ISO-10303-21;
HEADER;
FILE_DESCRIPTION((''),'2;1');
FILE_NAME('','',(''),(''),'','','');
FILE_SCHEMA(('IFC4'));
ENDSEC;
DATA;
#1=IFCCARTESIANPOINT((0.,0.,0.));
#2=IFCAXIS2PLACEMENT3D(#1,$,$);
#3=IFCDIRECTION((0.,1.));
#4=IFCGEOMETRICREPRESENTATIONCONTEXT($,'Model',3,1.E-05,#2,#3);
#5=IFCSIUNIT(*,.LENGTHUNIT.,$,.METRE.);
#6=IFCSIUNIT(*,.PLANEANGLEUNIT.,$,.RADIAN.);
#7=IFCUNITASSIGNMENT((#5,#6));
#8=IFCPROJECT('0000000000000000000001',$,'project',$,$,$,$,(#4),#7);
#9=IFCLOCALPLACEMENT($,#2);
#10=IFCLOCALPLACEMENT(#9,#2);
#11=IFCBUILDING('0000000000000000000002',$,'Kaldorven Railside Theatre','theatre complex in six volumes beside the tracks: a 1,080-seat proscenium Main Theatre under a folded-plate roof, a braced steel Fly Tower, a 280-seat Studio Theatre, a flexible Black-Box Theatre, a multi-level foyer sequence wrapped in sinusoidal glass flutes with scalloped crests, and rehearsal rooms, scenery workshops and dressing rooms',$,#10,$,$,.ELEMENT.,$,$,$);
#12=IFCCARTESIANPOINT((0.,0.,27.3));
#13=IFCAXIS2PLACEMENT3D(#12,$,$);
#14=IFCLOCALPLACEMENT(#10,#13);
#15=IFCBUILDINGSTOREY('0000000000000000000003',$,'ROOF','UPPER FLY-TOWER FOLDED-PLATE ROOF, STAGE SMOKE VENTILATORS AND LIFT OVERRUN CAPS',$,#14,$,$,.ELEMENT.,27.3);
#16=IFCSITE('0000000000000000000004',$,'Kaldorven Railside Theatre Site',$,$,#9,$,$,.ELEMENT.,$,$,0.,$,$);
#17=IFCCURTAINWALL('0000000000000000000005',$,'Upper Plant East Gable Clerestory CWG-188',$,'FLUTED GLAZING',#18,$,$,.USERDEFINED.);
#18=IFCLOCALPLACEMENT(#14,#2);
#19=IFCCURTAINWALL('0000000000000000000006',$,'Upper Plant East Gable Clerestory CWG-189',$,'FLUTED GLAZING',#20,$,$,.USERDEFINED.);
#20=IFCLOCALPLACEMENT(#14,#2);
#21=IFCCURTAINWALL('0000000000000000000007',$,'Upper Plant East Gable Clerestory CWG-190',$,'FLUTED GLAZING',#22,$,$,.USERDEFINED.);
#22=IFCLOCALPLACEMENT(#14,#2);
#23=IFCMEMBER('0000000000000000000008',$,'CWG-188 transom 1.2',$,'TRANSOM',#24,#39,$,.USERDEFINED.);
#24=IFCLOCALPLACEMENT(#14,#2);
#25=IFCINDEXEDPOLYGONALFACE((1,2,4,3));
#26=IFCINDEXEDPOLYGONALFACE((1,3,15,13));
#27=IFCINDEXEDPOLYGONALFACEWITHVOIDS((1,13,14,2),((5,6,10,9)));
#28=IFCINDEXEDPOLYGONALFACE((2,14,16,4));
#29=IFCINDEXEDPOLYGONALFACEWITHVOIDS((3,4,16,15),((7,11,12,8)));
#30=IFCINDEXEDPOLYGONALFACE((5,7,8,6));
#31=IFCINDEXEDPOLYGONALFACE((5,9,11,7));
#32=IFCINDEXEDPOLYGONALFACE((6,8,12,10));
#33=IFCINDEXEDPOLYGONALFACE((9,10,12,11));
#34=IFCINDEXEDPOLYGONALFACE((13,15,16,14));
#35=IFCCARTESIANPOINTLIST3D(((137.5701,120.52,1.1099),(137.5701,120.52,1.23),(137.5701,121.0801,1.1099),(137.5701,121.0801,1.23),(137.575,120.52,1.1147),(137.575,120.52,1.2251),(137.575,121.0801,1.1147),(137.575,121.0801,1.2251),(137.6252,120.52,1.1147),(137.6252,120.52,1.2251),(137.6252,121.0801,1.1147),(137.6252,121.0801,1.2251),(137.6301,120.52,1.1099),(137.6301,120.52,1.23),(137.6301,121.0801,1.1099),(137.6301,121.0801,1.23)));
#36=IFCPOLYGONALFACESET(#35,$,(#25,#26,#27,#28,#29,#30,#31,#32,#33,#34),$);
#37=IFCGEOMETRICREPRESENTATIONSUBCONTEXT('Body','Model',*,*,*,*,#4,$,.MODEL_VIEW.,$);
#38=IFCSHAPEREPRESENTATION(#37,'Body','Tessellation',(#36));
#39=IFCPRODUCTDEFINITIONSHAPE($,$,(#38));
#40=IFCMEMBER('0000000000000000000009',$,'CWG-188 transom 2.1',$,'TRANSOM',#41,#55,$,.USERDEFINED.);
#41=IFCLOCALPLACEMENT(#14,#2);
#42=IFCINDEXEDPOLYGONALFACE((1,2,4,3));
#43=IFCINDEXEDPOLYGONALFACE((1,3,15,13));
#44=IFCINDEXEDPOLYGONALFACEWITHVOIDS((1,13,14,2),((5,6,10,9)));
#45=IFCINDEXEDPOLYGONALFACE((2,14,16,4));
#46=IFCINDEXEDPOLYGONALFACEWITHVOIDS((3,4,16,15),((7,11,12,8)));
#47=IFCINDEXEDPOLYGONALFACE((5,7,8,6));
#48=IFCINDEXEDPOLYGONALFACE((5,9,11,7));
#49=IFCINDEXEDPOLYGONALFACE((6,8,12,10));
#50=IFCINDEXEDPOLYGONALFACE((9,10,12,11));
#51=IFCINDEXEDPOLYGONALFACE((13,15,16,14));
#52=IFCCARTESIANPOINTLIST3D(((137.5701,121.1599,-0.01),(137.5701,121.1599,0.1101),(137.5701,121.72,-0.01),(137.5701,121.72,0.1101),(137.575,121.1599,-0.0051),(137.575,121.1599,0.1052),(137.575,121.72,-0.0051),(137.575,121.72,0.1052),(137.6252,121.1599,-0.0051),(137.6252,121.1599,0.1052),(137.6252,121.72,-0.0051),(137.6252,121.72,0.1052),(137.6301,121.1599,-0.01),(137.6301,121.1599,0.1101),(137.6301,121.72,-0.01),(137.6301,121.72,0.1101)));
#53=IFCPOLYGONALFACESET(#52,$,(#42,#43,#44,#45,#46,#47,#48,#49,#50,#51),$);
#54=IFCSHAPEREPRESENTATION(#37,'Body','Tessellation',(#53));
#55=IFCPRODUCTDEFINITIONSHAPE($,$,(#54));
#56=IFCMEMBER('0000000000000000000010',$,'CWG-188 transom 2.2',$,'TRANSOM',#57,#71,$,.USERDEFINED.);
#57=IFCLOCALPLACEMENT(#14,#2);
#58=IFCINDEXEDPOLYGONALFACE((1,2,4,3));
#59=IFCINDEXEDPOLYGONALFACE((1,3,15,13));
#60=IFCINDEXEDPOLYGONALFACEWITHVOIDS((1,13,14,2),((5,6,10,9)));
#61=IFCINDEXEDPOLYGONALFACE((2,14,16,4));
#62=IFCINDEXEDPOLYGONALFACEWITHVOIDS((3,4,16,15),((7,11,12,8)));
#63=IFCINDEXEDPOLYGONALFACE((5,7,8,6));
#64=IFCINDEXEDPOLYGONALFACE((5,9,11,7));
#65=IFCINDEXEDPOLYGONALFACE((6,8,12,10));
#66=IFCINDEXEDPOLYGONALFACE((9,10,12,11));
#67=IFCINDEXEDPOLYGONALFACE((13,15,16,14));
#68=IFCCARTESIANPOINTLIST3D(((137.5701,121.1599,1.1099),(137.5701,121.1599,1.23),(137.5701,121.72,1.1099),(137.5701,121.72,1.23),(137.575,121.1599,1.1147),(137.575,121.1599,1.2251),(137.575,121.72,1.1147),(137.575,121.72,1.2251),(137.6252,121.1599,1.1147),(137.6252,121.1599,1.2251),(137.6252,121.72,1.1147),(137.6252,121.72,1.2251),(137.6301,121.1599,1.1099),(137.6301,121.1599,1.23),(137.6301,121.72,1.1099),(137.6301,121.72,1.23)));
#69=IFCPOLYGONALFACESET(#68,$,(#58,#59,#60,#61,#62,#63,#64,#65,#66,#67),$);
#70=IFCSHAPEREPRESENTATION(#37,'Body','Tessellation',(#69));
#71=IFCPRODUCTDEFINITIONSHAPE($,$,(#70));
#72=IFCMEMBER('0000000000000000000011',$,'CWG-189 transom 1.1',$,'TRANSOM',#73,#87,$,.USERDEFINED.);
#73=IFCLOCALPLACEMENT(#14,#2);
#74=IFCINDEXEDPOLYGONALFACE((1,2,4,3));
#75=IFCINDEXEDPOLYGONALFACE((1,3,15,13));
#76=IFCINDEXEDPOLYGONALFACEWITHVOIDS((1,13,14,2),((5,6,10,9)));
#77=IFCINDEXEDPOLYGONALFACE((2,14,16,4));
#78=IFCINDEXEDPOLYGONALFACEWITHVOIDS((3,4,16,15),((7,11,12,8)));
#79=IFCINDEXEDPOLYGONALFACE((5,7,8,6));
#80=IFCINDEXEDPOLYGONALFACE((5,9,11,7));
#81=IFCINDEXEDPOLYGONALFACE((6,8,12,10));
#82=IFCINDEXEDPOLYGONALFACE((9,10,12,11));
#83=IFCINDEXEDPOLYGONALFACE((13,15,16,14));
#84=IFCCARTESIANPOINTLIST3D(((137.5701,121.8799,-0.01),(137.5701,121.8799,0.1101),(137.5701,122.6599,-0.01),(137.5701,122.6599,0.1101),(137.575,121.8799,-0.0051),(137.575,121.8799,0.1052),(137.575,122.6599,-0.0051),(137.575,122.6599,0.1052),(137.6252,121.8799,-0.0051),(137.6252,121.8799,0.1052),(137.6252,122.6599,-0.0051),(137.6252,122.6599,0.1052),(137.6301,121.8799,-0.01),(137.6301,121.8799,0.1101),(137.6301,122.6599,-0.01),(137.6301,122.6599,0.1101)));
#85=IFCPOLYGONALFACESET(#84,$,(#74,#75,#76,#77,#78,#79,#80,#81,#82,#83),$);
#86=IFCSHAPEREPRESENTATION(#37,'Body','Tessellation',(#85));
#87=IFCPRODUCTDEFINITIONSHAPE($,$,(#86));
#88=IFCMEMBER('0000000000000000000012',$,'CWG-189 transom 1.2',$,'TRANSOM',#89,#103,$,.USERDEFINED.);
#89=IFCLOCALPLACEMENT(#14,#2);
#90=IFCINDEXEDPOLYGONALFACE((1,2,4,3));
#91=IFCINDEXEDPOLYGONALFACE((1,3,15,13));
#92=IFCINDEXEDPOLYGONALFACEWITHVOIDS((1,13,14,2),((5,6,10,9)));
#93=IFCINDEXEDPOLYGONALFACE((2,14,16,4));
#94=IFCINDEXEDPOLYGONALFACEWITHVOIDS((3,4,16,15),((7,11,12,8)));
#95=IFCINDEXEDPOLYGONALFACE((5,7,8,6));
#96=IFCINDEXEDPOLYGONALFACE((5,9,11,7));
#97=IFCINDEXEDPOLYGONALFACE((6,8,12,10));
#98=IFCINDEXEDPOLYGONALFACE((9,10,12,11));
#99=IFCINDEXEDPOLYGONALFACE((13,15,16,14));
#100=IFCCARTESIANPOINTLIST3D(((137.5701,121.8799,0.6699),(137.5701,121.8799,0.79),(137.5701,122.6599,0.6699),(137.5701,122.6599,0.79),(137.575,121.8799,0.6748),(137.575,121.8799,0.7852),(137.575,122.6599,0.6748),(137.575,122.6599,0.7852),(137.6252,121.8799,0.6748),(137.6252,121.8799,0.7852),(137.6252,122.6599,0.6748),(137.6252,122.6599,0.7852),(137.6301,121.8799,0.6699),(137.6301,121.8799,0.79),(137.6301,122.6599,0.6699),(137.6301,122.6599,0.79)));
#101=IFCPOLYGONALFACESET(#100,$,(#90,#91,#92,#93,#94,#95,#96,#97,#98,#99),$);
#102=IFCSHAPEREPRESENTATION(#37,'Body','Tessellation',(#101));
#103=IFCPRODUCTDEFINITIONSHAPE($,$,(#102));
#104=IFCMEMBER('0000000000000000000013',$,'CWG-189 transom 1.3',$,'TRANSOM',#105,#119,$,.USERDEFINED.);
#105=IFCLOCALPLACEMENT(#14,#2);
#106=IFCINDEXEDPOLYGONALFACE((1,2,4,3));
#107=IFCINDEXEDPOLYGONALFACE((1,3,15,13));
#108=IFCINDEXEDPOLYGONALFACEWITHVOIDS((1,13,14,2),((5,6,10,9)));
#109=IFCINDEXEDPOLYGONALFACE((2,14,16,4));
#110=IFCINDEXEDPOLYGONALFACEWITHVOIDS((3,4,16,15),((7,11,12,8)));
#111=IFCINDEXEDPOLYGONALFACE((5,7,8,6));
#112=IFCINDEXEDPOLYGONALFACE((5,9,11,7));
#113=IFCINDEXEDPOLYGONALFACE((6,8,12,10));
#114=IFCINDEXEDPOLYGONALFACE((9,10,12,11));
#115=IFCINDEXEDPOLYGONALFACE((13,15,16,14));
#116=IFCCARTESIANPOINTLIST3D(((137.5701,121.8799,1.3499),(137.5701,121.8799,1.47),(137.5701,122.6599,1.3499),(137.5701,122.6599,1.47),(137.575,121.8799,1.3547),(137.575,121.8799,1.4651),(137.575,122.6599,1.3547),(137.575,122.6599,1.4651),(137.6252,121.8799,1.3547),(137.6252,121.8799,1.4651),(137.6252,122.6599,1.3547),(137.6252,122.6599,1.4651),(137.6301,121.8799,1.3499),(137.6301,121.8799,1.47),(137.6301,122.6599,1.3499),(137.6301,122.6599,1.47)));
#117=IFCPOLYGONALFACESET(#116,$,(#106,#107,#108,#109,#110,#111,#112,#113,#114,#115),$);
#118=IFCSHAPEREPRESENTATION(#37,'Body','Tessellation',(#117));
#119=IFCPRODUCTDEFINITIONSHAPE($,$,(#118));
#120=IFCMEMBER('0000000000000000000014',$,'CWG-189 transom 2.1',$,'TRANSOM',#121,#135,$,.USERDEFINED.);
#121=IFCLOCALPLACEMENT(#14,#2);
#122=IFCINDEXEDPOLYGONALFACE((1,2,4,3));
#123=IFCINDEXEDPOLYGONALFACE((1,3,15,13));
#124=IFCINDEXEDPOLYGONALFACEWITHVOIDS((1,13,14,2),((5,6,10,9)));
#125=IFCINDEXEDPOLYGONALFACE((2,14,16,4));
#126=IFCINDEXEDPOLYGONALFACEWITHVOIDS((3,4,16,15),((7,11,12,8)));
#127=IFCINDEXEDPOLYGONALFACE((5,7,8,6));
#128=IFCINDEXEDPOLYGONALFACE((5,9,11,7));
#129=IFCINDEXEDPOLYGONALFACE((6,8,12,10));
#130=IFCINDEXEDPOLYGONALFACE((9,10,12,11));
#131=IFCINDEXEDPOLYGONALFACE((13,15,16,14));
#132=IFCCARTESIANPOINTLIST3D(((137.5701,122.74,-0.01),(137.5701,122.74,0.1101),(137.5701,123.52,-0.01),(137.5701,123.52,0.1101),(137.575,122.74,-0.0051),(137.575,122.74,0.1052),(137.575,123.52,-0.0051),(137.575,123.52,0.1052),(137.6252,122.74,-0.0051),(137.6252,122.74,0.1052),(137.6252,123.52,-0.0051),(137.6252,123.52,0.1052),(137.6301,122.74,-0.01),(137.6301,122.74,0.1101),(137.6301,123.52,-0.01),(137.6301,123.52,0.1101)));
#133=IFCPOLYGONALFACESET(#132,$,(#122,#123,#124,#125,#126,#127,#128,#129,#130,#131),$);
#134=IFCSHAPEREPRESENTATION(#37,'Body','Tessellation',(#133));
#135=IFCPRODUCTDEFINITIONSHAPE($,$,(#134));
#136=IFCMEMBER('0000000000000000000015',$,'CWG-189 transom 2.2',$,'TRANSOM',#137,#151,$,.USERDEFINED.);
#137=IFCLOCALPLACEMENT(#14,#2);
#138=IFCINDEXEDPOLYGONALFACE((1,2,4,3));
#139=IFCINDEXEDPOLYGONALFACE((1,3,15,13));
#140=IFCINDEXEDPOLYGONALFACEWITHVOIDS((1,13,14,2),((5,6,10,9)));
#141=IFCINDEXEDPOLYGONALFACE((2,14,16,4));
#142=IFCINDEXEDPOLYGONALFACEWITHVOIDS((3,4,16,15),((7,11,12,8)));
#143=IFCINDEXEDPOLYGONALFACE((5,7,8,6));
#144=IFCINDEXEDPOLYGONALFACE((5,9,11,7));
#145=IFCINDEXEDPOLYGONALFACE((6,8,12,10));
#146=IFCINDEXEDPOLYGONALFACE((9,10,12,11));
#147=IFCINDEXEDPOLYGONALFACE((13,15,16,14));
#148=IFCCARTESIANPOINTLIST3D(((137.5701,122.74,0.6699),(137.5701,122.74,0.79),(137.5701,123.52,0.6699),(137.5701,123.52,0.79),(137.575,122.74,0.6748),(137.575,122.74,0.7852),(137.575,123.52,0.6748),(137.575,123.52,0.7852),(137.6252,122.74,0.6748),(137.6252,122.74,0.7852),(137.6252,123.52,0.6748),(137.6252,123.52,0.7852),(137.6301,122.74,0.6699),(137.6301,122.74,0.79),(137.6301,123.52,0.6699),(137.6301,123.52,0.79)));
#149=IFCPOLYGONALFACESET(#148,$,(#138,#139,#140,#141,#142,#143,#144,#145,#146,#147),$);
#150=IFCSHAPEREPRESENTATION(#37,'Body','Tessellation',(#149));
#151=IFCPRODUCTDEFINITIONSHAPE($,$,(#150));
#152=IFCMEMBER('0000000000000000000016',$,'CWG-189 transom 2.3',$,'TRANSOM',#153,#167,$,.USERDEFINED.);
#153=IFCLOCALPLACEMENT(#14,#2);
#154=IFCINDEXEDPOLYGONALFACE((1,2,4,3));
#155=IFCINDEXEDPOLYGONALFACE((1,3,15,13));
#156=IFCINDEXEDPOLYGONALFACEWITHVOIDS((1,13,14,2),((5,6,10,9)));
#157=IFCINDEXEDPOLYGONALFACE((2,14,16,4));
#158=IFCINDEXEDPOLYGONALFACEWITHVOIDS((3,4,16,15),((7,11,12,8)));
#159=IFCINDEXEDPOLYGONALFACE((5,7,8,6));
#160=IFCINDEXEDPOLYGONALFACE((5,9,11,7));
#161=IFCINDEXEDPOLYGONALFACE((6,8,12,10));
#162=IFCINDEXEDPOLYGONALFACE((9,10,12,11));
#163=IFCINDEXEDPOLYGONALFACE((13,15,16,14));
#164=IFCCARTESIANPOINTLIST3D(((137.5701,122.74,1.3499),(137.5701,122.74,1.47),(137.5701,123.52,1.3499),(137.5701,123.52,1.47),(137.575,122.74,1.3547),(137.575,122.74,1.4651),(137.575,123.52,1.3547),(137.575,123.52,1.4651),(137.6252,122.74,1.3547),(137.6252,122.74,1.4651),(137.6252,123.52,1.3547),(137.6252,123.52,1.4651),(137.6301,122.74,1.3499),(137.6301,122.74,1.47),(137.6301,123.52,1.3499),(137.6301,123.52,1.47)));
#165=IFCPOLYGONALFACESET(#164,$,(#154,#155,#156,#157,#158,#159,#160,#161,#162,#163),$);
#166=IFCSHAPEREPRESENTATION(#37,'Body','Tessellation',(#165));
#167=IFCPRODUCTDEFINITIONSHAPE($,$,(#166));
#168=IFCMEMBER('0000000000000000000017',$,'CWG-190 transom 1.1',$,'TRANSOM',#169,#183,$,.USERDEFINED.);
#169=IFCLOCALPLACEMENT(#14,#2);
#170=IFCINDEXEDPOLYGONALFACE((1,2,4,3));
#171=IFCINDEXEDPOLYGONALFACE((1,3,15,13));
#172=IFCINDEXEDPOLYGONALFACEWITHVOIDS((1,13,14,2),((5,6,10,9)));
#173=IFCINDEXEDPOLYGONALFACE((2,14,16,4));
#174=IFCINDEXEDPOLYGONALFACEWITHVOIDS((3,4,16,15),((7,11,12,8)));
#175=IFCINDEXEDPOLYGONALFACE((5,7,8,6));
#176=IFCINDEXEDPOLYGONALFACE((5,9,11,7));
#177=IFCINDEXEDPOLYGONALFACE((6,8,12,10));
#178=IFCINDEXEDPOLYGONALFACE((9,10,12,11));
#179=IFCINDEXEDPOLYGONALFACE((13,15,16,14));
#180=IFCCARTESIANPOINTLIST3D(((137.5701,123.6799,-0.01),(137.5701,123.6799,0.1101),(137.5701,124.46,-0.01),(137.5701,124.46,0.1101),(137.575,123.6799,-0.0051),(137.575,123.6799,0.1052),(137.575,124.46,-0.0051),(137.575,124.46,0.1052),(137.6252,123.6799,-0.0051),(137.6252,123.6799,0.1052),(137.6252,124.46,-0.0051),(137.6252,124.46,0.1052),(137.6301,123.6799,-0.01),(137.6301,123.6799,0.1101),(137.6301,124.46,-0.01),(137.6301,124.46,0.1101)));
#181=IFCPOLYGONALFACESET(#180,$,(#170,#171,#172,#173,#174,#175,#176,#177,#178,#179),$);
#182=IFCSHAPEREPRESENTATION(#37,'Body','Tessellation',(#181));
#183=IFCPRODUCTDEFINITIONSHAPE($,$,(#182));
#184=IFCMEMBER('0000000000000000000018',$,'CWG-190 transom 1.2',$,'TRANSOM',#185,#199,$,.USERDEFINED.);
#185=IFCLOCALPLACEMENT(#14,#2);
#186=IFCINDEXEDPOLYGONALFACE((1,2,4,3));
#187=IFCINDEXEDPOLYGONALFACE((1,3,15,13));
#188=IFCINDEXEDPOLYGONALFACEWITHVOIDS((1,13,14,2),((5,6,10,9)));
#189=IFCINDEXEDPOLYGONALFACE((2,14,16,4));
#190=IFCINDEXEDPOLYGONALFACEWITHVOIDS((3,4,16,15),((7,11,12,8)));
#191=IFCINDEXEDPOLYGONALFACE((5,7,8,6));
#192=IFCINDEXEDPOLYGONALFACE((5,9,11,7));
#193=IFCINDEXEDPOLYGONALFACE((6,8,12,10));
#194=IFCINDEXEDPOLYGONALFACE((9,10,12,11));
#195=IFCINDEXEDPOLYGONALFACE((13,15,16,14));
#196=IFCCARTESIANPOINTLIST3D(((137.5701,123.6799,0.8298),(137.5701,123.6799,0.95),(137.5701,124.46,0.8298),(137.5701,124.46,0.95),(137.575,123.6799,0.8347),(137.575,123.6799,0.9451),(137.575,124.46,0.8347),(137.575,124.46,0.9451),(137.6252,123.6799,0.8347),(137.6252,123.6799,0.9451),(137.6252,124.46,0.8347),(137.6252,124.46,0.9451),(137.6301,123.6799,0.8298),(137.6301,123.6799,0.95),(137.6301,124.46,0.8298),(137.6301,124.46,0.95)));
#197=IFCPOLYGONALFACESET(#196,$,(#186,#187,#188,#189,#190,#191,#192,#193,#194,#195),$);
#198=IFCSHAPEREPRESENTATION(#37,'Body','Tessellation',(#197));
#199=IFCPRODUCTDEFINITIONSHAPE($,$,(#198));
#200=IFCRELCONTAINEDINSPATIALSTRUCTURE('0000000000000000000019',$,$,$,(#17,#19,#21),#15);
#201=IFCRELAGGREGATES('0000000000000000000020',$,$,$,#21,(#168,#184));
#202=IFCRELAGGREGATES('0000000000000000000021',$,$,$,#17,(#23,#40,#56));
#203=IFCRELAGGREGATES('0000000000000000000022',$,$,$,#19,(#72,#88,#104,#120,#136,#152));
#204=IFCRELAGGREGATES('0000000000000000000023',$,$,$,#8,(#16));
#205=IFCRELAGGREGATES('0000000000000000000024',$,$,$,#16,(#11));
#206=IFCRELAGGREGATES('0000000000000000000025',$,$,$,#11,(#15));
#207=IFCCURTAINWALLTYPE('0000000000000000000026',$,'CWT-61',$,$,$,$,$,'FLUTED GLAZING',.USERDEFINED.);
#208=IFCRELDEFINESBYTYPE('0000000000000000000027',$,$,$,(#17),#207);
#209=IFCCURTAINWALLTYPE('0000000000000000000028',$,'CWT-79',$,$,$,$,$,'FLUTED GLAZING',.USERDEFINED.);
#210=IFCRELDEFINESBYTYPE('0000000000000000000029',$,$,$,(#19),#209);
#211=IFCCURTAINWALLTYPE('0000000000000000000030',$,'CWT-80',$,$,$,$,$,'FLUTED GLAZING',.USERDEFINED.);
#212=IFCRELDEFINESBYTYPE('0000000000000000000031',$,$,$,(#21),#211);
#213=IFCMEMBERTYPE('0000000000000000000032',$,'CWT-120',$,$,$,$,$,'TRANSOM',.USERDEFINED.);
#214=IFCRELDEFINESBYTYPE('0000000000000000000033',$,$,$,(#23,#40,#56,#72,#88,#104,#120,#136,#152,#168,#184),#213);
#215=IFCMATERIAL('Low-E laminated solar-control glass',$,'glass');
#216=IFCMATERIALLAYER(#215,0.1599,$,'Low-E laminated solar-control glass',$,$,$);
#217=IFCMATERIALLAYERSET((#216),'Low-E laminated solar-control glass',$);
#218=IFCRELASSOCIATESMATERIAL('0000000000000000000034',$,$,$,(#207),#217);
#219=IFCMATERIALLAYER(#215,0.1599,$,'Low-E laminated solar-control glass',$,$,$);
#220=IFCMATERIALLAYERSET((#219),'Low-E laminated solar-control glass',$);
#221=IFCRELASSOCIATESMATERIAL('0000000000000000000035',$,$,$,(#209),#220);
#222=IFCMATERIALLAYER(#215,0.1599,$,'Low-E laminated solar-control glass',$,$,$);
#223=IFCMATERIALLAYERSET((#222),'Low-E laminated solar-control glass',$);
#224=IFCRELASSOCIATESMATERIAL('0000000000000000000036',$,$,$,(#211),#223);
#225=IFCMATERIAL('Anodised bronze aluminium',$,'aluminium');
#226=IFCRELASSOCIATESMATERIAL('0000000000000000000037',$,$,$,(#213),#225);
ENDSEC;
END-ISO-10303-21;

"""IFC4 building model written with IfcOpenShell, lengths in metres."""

from ifc_helpers import new_model, si_unit, direction, frame, origin, origin_2d, place, context, subcontext, project, spatial, hollow_rectangle, extrude, material, layer, layer_set, material_profile, profile_set, type_object, element, aggregate, save


model = new_model("IFC4")

# Units and contexts
model_context = context("Model", 3, precision=1e-05, world=origin(), true_north=direction((0.0, 1.0)))
body_context = subcontext(model_context, "Body", "Model", "MODEL_VIEW")
ifc_project = project(units=[si_unit("LENGTHUNIT", "METRE"), si_unit("PLANEANGLEUNIT", "RADIAN")], contexts=[model_context])

# Site, building, storey
site_placement = place(None, origin())
site = spatial("IfcSite", under=ifc_project, at=site_placement, Name="Kaldorven Railside Theatre Site", CompositionType="ELEMENT", RefElevation=0.0)
building_placement = place(site_placement, origin())
building = spatial("IfcBuilding", under=site, at=building_placement, Name="Kaldorven Railside Theatre", Description="theatre complex in six volumes beside the tracks: a 1,080-seat proscenium Main Theatre under a folded-plate roof, a braced steel Fly Tower, a 280-seat Studio Theatre, a flexible Black-Box Theatre, a multi-level foyer sequence wrapped in sinusoidal glass flutes with scalloped crests, and rehearsal rooms, scenery workshops and dressing rooms", CompositionType="ELEMENT")
storey_placement = place(building_placement, frame((0.0, 0.0, 27.3)))
storey = spatial("IfcBuildingStorey", under=building, at=storey_placement, Name="ROOF", Description="UPPER FLY-TOWER FOLDED-PLATE ROOF, STAGE SMOKE VENTILATORS AND LIFT OVERRUN CAPS", CompositionType="ELEMENT", Elevation=27.3)

# Shared definitions
ifc_material_1 = material(Name="Low-E laminated solar-control glass", Category="glass")
ifc_material_2 = material(Name="Anodised bronze aluminium", Category="aluminium")

# Curtain walls
ifc_layer_1 = layer(ifc_material_1, 0.1599, Name="Low-E laminated solar-control glass")
ifc_layer_set_1 = layer_set([ifc_layer_1], Name="Low-E laminated solar-control glass")
curtain_wall_type_1 = type_object("IfcCurtainWallType", Name="CWT-61", ElementType="FLUTED GLAZING", PredefinedType="USERDEFINED", material=ifc_layer_set_1)
curtain_wall_1_placement = place(storey_placement, origin())
curtain_wall_1 = element("IfcCurtainWall", 1, at=curtain_wall_1_placement, inside=storey, type_object=curtain_wall_type_1, Name="Upper Plant East Gable Clerestory CWG-188", ObjectType="FLUTED GLAZING", PredefinedType="USERDEFINED")
ifc_layer_2 = layer(ifc_material_1, 0.1599, Name="Low-E laminated solar-control glass")
ifc_layer_set_2 = layer_set([ifc_layer_2], Name="Low-E laminated solar-control glass")
curtain_wall_type_2 = type_object("IfcCurtainWallType", Name="CWT-79", ElementType="FLUTED GLAZING", PredefinedType="USERDEFINED", material=ifc_layer_set_2)
curtain_wall_2_placement = place(storey_placement, origin())
curtain_wall_2 = element("IfcCurtainWall", 2, at=curtain_wall_2_placement, inside=storey, type_object=curtain_wall_type_2, Name="Upper Plant East Gable Clerestory CWG-189", ObjectType="FLUTED GLAZING", PredefinedType="USERDEFINED")

# Curtain wall
ifc_layer_3 = layer(ifc_material_1, 0.1599, Name="Low-E laminated solar-control glass")
ifc_layer_set_3 = layer_set([ifc_layer_3], Name="Low-E laminated solar-control glass")
curtain_wall_type_3 = type_object("IfcCurtainWallType", Name="CWT-80", ElementType="FLUTED GLAZING", PredefinedType="USERDEFINED", material=ifc_layer_set_3)
curtain_wall_3_placement = place(storey_placement, origin())
curtain_wall_3 = element("IfcCurtainWall", 3, at=curtain_wall_3_placement, inside=storey, type_object=curtain_wall_type_3, Name="Upper Plant East Gable Clerestory CWG-190", ObjectType="FLUTED GLAZING", PredefinedType="USERDEFINED")

# Members
ifc_material_profile_1 = material_profile(ifc_material_2, hollow_rectangle(XDim=0.0601, YDim=0.1201, WallThickness=0.0049, at=origin_2d()), Name="RHS 120x60x5")
ifc_profile_set_1 = profile_set([ifc_material_profile_1], Name="Anodised bronze aluminium")
member_type_1 = type_object("IfcMemberType", Name="CWT-120", ElementType="TRANSOM", PredefinedType="USERDEFINED", material=ifc_profile_set_1)
member_1_placement = place(storey_placement, frame((137.6001, 120.52, 1.1699), z_axis=(0.0, 1.0, 0.0), x_axis=(-1.0, 0.0, 0.0)))
member_1 = element("IfcMember", 4, at=member_1_placement, type_object=member_type_1, Name="CWG-188 transom 1.2", ObjectType="TRANSOM", PredefinedType="USERDEFINED", context=body_context, shape_type="SweptSolid", body=[
    extrude(hollow_rectangle(XDim=0.0601, YDim=0.1201, WallThickness=0.0049, at=origin_2d()), origin(), (0.0, 0.0, 1.0), 0.5601),
])
member_2_placement = place(storey_placement, frame((137.6001, 121.1599, 0.05), z_axis=(0.0, 1.0, 0.0), x_axis=(-1.0, 0.0, 0.0)))
member_2 = element("IfcMember", 5, at=member_2_placement, type_object=member_type_1, Name="CWG-188 transom 2.1", ObjectType="TRANSOM", PredefinedType="USERDEFINED", context=body_context, shape_type="SweptSolid", body=[
    extrude(hollow_rectangle(XDim=0.0601, YDim=0.1201, WallThickness=0.0049, at=origin_2d()), origin(), (0.0, 0.0, 1.0), 0.5601),
])
member_3_placement = place(storey_placement, frame((137.6001, 121.1599, 1.1699), z_axis=(0.0, 1.0, 0.0), x_axis=(-1.0, 0.0, 0.0)))
member_3 = element("IfcMember", 6, at=member_3_placement, type_object=member_type_1, Name="CWG-188 transom 2.2", ObjectType="TRANSOM", PredefinedType="USERDEFINED", context=body_context, shape_type="SweptSolid", body=[
    extrude(hollow_rectangle(XDim=0.0601, YDim=0.1201, WallThickness=0.0049, at=origin_2d()), origin(), (0.0, 0.0, 1.0), 0.5601),
])
member_4_placement = place(storey_placement, frame((137.6001, 121.8799, 0.05), z_axis=(0.0, 1.0, 0.0), x_axis=(-1.0, 0.0, 0.0)))
member_4 = element("IfcMember", 7, at=member_4_placement, type_object=member_type_1, Name="CWG-189 transom 1.1", ObjectType="TRANSOM", PredefinedType="USERDEFINED", context=body_context, shape_type="SweptSolid", body=[
    extrude(hollow_rectangle(XDim=0.0601, YDim=0.1201, WallThickness=0.0049, at=origin_2d()), origin(), (0.0, 0.0, 1.0), 0.78),
])
member_5_placement = place(storey_placement, frame((137.6001, 121.8799, 0.73), z_axis=(0.0, 1.0, 0.0), x_axis=(-1.0, 0.0, 0.0)))
member_5 = element("IfcMember", 8, at=member_5_placement, type_object=member_type_1, Name="CWG-189 transom 1.2", ObjectType="TRANSOM", PredefinedType="USERDEFINED", context=body_context, shape_type="SweptSolid", body=[
    extrude(hollow_rectangle(XDim=0.0601, YDim=0.1201, WallThickness=0.0049, at=origin_2d()), origin(), (0.0, 0.0, 1.0), 0.78),
])
member_6_placement = place(storey_placement, frame((137.6001, 121.8799, 1.4099), z_axis=(0.0, 1.0, 0.0), x_axis=(-1.0, 0.0, 0.0)))
member_6 = element("IfcMember", 9, at=member_6_placement, type_object=member_type_1, Name="CWG-189 transom 1.3", ObjectType="TRANSOM", PredefinedType="USERDEFINED", context=body_context, shape_type="SweptSolid", body=[
    extrude(hollow_rectangle(XDim=0.0601, YDim=0.1201, WallThickness=0.0049, at=origin_2d()), origin(), (0.0, 0.0, 1.0), 0.78),
])
member_7_placement = place(storey_placement, frame((137.6001, 122.74, 0.05), z_axis=(0.0, 1.0, 0.0), x_axis=(-1.0, 0.0, 0.0)))
member_7 = element("IfcMember", 10, at=member_7_placement, type_object=member_type_1, Name="CWG-189 transom 2.1", ObjectType="TRANSOM", PredefinedType="USERDEFINED", context=body_context, shape_type="SweptSolid", body=[
    extrude(hollow_rectangle(XDim=0.0601, YDim=0.1201, WallThickness=0.0049, at=origin_2d()), origin(), (0.0, 0.0, 1.0), 0.78),
])
member_8_placement = place(storey_placement, frame((137.6001, 122.74, 0.73), z_axis=(0.0, 1.0, 0.0), x_axis=(-1.0, 0.0, 0.0)))
member_8 = element("IfcMember", 11, at=member_8_placement, type_object=member_type_1, Name="CWG-189 transom 2.2", ObjectType="TRANSOM", PredefinedType="USERDEFINED", context=body_context, shape_type="SweptSolid", body=[
    extrude(hollow_rectangle(XDim=0.0601, YDim=0.1201, WallThickness=0.0049, at=origin_2d()), origin(), (0.0, 0.0, 1.0), 0.78),
])
member_9_placement = place(storey_placement, frame((137.6001, 122.74, 1.4099), z_axis=(0.0, 1.0, 0.0), x_axis=(-1.0, 0.0, 0.0)))
member_9 = element("IfcMember", 12, at=member_9_placement, type_object=member_type_1, Name="CWG-189 transom 2.3", ObjectType="TRANSOM", PredefinedType="USERDEFINED", context=body_context, shape_type="SweptSolid", body=[
    extrude(hollow_rectangle(XDim=0.0601, YDim=0.1201, WallThickness=0.0049, at=origin_2d()), origin(), (0.0, 0.0, 1.0), 0.78),
])
member_10_placement = place(storey_placement, frame((137.6001, 123.6799, 0.05), z_axis=(0.0, 1.0, 0.0), x_axis=(-1.0, 0.0, 0.0)))
member_10 = element("IfcMember", 13, at=member_10_placement, type_object=member_type_1, Name="CWG-190 transom 1.1", ObjectType="TRANSOM", PredefinedType="USERDEFINED", context=body_context, shape_type="SweptSolid", body=[
    extrude(hollow_rectangle(XDim=0.0601, YDim=0.1201, WallThickness=0.0049, at=origin_2d()), origin(), (0.0, 0.0, 1.0), 0.78),
])
member_11_placement = place(storey_placement, frame((137.6001, 123.6799, 0.8899), z_axis=(0.0, 1.0, 0.0), x_axis=(-1.0, 0.0, 0.0)))
member_11 = element("IfcMember", 14, at=member_11_placement, type_object=member_type_1, Name="CWG-190 transom 1.2", ObjectType="TRANSOM", PredefinedType="USERDEFINED", context=body_context, shape_type="SweptSolid", body=[
    extrude(hollow_rectangle(XDim=0.0601, YDim=0.1201, WallThickness=0.0049, at=origin_2d()), origin(), (0.0, 0.0, 1.0), 0.78),
])
aggregate(curtain_wall_3, [member_10, member_11])

aggregate(curtain_wall_1, [member_1, member_2, member_3])
aggregate(curtain_wall_2, [member_4, member_5, member_6, member_7, member_8, member_9])

save(model, "model.ifc")
